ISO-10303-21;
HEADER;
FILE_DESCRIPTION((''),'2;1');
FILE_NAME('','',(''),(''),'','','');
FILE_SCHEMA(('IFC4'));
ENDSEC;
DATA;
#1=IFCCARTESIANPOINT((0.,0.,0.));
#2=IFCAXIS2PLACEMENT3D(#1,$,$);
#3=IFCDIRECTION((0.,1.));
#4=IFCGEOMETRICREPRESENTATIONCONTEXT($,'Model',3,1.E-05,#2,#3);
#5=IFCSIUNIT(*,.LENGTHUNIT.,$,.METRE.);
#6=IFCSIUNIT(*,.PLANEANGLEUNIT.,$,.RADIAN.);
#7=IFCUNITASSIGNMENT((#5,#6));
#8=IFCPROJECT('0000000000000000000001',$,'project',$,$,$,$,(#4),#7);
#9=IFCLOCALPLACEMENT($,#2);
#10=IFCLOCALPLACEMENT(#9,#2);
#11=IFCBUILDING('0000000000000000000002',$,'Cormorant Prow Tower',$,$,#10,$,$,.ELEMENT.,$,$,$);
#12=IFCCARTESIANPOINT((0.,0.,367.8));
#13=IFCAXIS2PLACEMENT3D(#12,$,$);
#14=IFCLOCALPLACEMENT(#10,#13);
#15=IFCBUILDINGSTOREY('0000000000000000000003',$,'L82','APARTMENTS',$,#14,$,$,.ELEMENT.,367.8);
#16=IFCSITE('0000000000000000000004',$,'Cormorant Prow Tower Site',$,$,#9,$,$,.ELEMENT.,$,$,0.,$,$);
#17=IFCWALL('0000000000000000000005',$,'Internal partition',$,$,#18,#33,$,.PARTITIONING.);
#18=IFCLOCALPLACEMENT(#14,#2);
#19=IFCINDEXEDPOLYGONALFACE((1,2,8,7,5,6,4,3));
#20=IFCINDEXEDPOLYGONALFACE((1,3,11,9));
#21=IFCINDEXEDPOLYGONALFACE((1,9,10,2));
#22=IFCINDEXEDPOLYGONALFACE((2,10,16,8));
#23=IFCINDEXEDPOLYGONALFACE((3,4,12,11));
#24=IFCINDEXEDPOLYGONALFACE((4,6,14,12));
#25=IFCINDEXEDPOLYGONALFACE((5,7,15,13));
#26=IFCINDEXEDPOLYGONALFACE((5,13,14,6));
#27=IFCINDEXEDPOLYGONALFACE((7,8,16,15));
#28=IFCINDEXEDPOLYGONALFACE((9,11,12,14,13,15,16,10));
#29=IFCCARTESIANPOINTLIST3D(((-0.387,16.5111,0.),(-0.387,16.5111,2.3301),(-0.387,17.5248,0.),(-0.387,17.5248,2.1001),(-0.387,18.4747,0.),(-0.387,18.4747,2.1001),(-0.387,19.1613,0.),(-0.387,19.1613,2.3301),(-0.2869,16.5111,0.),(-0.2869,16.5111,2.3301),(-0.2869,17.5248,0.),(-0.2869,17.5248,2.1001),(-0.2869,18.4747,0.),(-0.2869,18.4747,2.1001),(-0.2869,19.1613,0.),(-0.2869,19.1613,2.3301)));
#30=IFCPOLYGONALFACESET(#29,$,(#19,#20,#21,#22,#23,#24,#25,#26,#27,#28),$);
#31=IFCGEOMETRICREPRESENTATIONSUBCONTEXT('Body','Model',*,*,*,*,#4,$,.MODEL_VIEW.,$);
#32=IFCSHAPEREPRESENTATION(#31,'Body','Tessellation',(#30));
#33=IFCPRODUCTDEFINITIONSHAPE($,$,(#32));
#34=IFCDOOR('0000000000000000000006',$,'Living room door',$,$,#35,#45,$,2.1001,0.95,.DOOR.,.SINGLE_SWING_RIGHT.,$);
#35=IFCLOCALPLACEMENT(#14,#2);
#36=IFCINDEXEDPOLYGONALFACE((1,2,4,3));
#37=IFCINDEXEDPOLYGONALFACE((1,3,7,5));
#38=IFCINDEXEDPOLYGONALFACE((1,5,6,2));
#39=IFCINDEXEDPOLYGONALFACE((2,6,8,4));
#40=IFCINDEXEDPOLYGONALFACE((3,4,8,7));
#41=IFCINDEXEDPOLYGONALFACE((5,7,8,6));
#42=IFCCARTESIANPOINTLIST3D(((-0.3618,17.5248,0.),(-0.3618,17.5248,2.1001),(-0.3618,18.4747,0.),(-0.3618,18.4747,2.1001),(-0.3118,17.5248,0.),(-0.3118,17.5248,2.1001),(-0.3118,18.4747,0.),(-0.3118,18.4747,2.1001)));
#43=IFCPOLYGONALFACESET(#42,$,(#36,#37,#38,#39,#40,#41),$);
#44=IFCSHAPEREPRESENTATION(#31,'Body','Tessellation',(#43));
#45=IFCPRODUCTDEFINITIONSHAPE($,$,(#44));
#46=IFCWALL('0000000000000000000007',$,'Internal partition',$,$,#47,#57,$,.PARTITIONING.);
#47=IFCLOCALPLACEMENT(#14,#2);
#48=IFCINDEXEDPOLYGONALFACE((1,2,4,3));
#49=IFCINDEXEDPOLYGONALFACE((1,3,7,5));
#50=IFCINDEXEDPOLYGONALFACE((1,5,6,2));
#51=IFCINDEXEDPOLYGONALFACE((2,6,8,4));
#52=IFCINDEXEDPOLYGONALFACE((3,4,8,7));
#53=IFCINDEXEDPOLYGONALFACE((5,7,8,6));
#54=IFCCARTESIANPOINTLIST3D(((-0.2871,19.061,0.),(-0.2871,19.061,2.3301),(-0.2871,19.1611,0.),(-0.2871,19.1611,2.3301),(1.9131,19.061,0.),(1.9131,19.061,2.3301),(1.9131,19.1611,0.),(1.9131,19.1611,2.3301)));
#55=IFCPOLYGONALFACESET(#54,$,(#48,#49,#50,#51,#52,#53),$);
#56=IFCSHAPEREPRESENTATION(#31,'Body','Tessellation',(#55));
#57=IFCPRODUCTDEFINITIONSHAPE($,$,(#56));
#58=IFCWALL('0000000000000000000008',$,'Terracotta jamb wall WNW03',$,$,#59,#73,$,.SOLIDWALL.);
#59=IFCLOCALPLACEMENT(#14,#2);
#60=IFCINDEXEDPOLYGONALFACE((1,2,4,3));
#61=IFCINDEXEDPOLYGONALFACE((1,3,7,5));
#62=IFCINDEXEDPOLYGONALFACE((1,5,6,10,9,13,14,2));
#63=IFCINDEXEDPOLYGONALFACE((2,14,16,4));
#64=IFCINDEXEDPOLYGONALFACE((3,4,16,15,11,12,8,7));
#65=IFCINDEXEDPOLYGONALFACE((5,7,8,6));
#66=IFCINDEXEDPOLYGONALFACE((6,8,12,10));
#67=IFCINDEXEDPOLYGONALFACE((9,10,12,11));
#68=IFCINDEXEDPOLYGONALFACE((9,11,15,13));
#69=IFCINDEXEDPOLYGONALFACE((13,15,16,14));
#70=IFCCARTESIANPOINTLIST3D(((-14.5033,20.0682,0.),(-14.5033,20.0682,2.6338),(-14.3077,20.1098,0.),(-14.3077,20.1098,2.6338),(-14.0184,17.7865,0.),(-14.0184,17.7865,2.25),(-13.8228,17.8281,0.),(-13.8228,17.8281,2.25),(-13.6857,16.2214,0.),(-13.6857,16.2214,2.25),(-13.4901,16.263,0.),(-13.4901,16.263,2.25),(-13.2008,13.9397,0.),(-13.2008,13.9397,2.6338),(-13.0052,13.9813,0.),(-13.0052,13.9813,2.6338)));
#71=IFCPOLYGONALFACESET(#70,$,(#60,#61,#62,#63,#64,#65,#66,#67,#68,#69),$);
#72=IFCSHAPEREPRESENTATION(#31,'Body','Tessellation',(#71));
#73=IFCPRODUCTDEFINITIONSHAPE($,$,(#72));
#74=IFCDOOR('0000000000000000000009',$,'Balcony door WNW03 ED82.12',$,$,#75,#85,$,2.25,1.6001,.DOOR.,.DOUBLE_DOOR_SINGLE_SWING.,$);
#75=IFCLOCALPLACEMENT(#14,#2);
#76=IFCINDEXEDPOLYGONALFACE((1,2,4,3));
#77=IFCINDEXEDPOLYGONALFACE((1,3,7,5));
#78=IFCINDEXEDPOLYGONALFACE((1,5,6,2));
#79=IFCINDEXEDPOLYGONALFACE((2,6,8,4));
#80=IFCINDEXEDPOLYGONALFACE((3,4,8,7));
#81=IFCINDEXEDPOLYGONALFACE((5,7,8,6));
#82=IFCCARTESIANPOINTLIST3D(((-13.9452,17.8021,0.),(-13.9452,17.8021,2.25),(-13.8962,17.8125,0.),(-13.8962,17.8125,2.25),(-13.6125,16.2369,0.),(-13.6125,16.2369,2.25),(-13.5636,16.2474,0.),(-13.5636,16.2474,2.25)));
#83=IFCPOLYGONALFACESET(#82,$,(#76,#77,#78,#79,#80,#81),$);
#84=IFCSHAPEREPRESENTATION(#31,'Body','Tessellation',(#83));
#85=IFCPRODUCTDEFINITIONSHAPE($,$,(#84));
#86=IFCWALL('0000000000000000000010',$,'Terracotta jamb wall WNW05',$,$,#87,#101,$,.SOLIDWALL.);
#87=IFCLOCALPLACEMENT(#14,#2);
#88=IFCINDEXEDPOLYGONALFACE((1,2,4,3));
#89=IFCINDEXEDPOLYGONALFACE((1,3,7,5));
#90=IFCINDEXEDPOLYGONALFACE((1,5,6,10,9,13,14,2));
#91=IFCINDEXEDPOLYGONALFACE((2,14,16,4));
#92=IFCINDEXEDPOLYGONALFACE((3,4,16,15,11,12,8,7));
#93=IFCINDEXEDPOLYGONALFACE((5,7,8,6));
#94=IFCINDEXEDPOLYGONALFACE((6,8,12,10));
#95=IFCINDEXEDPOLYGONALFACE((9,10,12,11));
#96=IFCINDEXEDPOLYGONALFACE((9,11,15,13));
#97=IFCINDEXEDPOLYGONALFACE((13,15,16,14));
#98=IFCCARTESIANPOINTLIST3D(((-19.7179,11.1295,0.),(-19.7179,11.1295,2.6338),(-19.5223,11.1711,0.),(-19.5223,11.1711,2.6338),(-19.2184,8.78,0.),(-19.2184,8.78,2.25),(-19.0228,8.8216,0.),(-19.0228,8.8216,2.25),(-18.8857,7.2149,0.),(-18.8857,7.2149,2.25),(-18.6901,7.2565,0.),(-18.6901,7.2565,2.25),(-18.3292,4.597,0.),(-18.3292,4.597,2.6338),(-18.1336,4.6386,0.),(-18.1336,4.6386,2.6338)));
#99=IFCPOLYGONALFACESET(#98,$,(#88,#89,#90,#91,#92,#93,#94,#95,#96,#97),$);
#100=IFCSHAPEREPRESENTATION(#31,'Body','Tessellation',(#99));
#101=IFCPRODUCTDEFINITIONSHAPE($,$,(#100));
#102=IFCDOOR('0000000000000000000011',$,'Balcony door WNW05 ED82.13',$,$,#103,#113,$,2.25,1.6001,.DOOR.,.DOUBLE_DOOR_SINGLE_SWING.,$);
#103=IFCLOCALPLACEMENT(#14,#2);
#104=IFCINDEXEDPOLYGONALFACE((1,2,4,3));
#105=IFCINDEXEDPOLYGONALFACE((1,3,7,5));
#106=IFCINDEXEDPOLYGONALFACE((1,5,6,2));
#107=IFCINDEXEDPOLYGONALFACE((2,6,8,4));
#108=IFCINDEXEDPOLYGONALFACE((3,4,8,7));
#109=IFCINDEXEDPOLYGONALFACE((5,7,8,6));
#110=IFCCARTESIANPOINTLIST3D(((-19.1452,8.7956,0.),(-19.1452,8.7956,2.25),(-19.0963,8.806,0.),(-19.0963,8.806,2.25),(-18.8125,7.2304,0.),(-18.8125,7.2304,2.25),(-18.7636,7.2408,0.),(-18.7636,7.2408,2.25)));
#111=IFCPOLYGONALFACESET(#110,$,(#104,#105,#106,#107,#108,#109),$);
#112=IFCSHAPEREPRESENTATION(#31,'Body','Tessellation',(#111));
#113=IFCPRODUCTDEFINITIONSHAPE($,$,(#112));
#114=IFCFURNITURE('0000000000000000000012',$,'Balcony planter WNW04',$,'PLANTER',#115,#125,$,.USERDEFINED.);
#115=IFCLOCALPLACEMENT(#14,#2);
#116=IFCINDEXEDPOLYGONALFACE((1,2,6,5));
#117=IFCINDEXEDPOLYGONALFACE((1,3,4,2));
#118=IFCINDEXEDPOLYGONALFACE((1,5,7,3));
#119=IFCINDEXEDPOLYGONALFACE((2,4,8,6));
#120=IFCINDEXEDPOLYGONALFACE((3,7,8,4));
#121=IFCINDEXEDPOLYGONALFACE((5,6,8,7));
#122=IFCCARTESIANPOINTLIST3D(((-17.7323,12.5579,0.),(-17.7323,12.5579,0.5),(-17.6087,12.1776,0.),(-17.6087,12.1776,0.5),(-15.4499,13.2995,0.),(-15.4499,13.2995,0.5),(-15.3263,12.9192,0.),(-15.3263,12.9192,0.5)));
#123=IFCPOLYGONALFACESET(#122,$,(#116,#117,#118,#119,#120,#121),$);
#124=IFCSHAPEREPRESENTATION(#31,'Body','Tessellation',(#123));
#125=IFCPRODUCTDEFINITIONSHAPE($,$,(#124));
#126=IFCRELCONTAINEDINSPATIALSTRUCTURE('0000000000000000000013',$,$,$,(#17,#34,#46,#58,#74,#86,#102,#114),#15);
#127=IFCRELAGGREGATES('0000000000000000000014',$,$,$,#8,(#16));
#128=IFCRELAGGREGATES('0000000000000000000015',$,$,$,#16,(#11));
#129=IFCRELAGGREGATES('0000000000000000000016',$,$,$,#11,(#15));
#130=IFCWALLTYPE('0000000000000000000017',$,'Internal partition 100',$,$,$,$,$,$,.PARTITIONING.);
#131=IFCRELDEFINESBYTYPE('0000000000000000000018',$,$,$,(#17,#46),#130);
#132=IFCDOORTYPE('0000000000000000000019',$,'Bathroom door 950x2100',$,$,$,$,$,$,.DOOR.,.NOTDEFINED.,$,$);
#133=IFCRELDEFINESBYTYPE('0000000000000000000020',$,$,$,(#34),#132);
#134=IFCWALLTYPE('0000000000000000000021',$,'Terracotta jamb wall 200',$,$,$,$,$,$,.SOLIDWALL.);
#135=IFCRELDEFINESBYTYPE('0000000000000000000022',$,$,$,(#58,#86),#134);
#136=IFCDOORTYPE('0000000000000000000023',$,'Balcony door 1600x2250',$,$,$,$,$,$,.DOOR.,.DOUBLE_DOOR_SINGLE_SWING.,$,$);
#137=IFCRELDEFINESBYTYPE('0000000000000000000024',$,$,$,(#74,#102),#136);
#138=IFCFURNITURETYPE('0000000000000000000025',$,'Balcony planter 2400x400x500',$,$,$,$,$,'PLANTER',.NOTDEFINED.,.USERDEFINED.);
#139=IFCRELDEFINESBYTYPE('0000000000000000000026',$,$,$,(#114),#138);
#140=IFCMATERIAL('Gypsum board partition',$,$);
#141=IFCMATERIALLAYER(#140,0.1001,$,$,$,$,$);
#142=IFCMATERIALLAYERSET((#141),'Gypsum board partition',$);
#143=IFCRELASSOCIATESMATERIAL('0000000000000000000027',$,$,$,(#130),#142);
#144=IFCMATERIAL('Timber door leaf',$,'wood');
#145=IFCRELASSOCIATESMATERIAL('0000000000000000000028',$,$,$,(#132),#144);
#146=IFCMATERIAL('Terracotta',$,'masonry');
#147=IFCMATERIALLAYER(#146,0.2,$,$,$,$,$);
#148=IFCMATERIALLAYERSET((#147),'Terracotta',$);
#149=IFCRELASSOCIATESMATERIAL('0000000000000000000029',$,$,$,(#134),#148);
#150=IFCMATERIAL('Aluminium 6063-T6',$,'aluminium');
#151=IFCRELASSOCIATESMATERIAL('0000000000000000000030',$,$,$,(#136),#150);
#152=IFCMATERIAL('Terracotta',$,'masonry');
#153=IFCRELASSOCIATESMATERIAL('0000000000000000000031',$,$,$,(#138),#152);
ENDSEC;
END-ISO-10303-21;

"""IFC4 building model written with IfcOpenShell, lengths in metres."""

from ifc_helpers import new_model, si_unit, direction, frame, frame_2d, origin, origin_2d, place, context, subcontext, project, spatial, rectangle, extrude, material, layer, layer_set, type_object, element, fill, save


model = new_model("IFC4")

# Units and contexts
model_context = context("Model", 3, precision=1e-05, world=origin(), true_north=direction((0.0, 1.0)))
body_context = subcontext(model_context, "Body", "Model", "MODEL_VIEW")
ifc_project = project(units=[si_unit("LENGTHUNIT", "METRE"), si_unit("PLANEANGLEUNIT", "RADIAN")], contexts=[model_context])

# Site, building, storey
site_placement = place(None, origin())
site = spatial("IfcSite", under=ifc_project, at=site_placement, Name="Cormorant Prow Tower Site", CompositionType="ELEMENT", RefElevation=0.0)
building_placement = place(site_placement, origin())
building = spatial("IfcBuilding", under=site, at=building_placement, Name="Cormorant Prow Tower", CompositionType="ELEMENT")
storey_placement = place(building_placement, frame((0.0, 0.0, 367.8)))
storey = spatial("IfcBuildingStorey", under=building, at=storey_placement, Name="L82", Description="APARTMENTS", CompositionType="ELEMENT", Elevation=367.8)

# Wall, opening, door
ifc_material_1 = material(Name="Gypsum board partition")
ifc_layer_1 = layer(ifc_material_1, 0.1001)
ifc_layer_set_1 = layer_set([ifc_layer_1], Name="Gypsum board partition")
wall_type_1 = type_object("IfcWallType", Name="Internal partition 100", PredefinedType="PARTITIONING", material=ifc_layer_set_1)
wall_1_placement = place(storey_placement, frame((-0.3369, 16.511, 0.0), z_axis=(0.0, 0.0, 1.0), x_axis=(0.0, 1.0, 0.0)))
wall_1 = element("IfcWall", 1, at=wall_1_placement, inside=storey, type_object=wall_type_1, Name="Internal partition", PredefinedType="PARTITIONING", context=body_context, shape_type="SweptSolid", body=[
    extrude(rectangle(XDim=2.6501, YDim=0.1001, at=frame_2d((1.3252, 0.0))), origin(), (0.0, 0.0, 1.0), 2.3301),
])
opening_1_placement = place(wall_1_placement, frame((1.0137, 0.0, 0.0)))
opening_1 = element("IfcOpeningElement", 2, at=opening_1_placement, cuts=wall_1, PredefinedType="OPENING", context=body_context, shape_type="SweptSolid", body=[
    extrude(rectangle(XDim=0.95, YDim=2.1001, at=frame_2d((0.4751, 1.05))), frame((0.0, 0.0601, 0.0), z_axis=(0.0, -1.0, 0.0), x_axis=(1.0, 0.0, 0.0)), (0.0, 0.0, 1.0), 0.1201),
])
ifc_material_2 = material(Name="Timber door leaf", Category="wood")
door_type_1 = type_object("IfcDoorType", Name="Bathroom door 950x2100", OperationType="NOTDEFINED", PredefinedType="DOOR", material=ifc_material_2)
door_1_placement = place(opening_1_placement, origin())
door_1 = element("IfcDoor", 3, at=door_1_placement, inside=storey, type_object=door_type_1, Name="Living room door", OperationType="SINGLE_SWING_RIGHT", OverallHeight=2.1001, OverallWidth=0.95, PredefinedType="DOOR", context=body_context, shape_type="SweptSolid", body=[
    extrude(rectangle(XDim=0.95, YDim=2.1001, at=frame_2d((0.4751, 1.05))), frame((0.0, 0.0249, 0.0), z_axis=(0.0, -1.0, 0.0), x_axis=(1.0, 0.0, 0.0)), (0.0, 0.0, 1.0), 0.05),
])
fill(opening_1, door_1)

# Wall
wall_2_placement = place(storey_placement, frame((-0.2871, 19.1111, 0.0), z_axis=(0.0, 0.0, 1.0), x_axis=(1.0, 0.0, 0.0)))
element("IfcWall", 4, at=wall_2_placement, inside=storey, type_object=wall_type_1, Name="Internal partition", PredefinedType="PARTITIONING", context=body_context, shape_type="SweptSolid", body=[
    extrude(rectangle(XDim=2.2002, YDim=0.1001, at=frame_2d((1.1001, 0.0))), origin(), (0.0, 0.0, 1.0), 2.3301),
])

# Walls, openings, doors
ifc_material_3 = material(Name="Terracotta", Category="masonry")
ifc_layer_2 = layer(ifc_material_3, 0.2)
ifc_layer_set_2 = layer_set([ifc_layer_2], Name="Terracotta")
wall_type_2 = type_object("IfcWallType", Name="Terracotta jamb wall 200", PredefinedType="SOLIDWALL", material=ifc_layer_set_2)
wall_3_placement = place(storey_placement, frame((-14.4055, 20.0891, 0.0), z_axis=(0.0, 0.0, 1.0), x_axis=(0.20789, -0.978152, 0.0)))
wall_3 = element("IfcWall", 5, at=wall_3_placement, inside=storey, type_object=wall_type_2, Name="Terracotta jamb wall WNW03", PredefinedType="SOLIDWALL", context=body_context, shape_type="SweptSolid", body=[
    extrude(rectangle(XDim=6.2654, YDim=0.2, at=frame_2d((3.1328, 0.0))), origin(), (0.0, 0.0, 1.0), 2.6338),
])
opening_2_placement = place(wall_3_placement, frame((2.3328, 0.0, 0.0)))
opening_2 = element("IfcOpeningElement", 6, at=opening_2_placement, cuts=wall_3, PredefinedType="OPENING", context=body_context, shape_type="SweptSolid", body=[
    extrude(rectangle(XDim=1.6001, YDim=2.25, at=frame_2d((0.8, 1.125))), frame((0.0, 0.1099, 0.0), z_axis=(0.0, -1.0, 0.0), x_axis=(1.0, 0.0, 0.0)), (0.0, 0.0, 1.0), 0.22),
])
ifc_material_4 = material(Name="Aluminium 6063-T6", Category="aluminium")
door_type_2 = type_object("IfcDoorType", Name="Balcony door 1600x2250", OperationType="DOUBLE_DOOR_SINGLE_SWING", PredefinedType="DOOR", material=ifc_material_4)
door_2_placement = place(opening_2_placement, origin())
door_2 = element("IfcDoor", 7, at=door_2_placement, inside=storey, type_object=door_type_2, Name="Balcony door WNW03 ED82.12", OperationType="DOUBLE_DOOR_SINGLE_SWING", OverallHeight=2.25, OverallWidth=1.6001, PredefinedType="DOOR", context=body_context, shape_type="SweptSolid", body=[
    extrude(rectangle(XDim=1.6001, YDim=2.25, at=frame_2d((0.8, 1.125))), frame((0.0, 0.0249, 0.0), z_axis=(0.0, -1.0, 0.0), x_axis=(1.0, 0.0, 0.0)), (0.0, 0.0, 1.0), 0.05),
])
fill(opening_2, door_2)
wall_4_placement = place(storey_placement, frame((-19.6201, 11.1504, 0.0), z_axis=(0.0, 0.0, 1.0), x_axis=(0.207934, -0.978143, 0.0)))
wall_4 = element("IfcWall", 8, at=wall_4_placement, inside=storey, type_object=wall_type_2, Name="Terracotta jamb wall WNW05", PredefinedType="SOLIDWALL", context=body_context, shape_type="SweptSolid", body=[
    extrude(rectangle(XDim=6.6785, YDim=0.2, at=frame_2d((3.3394, 0.0))), origin(), (0.0, 0.0, 1.0), 2.6338),
])
opening_3_placement = place(wall_4_placement, frame((2.4021, 0.0, 0.0)))
opening_3 = element("IfcOpeningElement", 9, at=opening_3_placement, cuts=wall_4, PredefinedType="OPENING", context=body_context, shape_type="SweptSolid", body=[
    extrude(rectangle(XDim=1.6001, YDim=2.25, at=frame_2d((0.8, 1.125))), frame((0.0, 0.1099, 0.0), z_axis=(0.0, -1.0, 0.0), x_axis=(1.0, 0.0, 0.0)), (0.0, 0.0, 1.0), 0.22),
])
door_3_placement = place(opening_3_placement, origin())
door_3 = element("IfcDoor", 10, at=door_3_placement, inside=storey, type_object=door_type_2, Name="Balcony door WNW05 ED82.13", OperationType="DOUBLE_DOOR_SINGLE_SWING", OverallHeight=2.25, OverallWidth=1.6001, PredefinedType="DOOR", context=body_context, shape_type="SweptSolid", body=[
    extrude(rectangle(XDim=1.6001, YDim=2.25, at=frame_2d((0.8, 1.125))), frame((0.0, 0.0249, 0.0), z_axis=(0.0, -1.0, 0.0), x_axis=(1.0, 0.0, 0.0)), (0.0, 0.0, 1.0), 0.05),
])
fill(opening_3, door_3)

# Furniture
ifc_material_5 = material(Name="Terracotta", Category="masonry")
furniture_type = type_object("IfcFurnitureType", Name="Balcony planter 2400x400x500", ElementType="PLANTER", AssemblyPlace="NOTDEFINED", PredefinedType="USERDEFINED", material=ifc_material_5)
furniture_placement = place(storey_placement, frame((-16.5293, 12.7385, 0.0), z_axis=(0.0, 0.0, 1.0), x_axis=(-0.951057, -0.309017, 0.0)))
element("IfcFurniture", 11, at=furniture_placement, inside=storey, type_object=furniture_type, Name="Balcony planter WNW04", ObjectType="PLANTER", PredefinedType="USERDEFINED", context=body_context, shape_type="SweptSolid", body=[
    extrude(rectangle(XDim=2.3999, YDim=0.3999, at=origin_2d()), origin(), (0.0, 0.0, 1.0), 0.5),
])

save(model, "model.ifc")
